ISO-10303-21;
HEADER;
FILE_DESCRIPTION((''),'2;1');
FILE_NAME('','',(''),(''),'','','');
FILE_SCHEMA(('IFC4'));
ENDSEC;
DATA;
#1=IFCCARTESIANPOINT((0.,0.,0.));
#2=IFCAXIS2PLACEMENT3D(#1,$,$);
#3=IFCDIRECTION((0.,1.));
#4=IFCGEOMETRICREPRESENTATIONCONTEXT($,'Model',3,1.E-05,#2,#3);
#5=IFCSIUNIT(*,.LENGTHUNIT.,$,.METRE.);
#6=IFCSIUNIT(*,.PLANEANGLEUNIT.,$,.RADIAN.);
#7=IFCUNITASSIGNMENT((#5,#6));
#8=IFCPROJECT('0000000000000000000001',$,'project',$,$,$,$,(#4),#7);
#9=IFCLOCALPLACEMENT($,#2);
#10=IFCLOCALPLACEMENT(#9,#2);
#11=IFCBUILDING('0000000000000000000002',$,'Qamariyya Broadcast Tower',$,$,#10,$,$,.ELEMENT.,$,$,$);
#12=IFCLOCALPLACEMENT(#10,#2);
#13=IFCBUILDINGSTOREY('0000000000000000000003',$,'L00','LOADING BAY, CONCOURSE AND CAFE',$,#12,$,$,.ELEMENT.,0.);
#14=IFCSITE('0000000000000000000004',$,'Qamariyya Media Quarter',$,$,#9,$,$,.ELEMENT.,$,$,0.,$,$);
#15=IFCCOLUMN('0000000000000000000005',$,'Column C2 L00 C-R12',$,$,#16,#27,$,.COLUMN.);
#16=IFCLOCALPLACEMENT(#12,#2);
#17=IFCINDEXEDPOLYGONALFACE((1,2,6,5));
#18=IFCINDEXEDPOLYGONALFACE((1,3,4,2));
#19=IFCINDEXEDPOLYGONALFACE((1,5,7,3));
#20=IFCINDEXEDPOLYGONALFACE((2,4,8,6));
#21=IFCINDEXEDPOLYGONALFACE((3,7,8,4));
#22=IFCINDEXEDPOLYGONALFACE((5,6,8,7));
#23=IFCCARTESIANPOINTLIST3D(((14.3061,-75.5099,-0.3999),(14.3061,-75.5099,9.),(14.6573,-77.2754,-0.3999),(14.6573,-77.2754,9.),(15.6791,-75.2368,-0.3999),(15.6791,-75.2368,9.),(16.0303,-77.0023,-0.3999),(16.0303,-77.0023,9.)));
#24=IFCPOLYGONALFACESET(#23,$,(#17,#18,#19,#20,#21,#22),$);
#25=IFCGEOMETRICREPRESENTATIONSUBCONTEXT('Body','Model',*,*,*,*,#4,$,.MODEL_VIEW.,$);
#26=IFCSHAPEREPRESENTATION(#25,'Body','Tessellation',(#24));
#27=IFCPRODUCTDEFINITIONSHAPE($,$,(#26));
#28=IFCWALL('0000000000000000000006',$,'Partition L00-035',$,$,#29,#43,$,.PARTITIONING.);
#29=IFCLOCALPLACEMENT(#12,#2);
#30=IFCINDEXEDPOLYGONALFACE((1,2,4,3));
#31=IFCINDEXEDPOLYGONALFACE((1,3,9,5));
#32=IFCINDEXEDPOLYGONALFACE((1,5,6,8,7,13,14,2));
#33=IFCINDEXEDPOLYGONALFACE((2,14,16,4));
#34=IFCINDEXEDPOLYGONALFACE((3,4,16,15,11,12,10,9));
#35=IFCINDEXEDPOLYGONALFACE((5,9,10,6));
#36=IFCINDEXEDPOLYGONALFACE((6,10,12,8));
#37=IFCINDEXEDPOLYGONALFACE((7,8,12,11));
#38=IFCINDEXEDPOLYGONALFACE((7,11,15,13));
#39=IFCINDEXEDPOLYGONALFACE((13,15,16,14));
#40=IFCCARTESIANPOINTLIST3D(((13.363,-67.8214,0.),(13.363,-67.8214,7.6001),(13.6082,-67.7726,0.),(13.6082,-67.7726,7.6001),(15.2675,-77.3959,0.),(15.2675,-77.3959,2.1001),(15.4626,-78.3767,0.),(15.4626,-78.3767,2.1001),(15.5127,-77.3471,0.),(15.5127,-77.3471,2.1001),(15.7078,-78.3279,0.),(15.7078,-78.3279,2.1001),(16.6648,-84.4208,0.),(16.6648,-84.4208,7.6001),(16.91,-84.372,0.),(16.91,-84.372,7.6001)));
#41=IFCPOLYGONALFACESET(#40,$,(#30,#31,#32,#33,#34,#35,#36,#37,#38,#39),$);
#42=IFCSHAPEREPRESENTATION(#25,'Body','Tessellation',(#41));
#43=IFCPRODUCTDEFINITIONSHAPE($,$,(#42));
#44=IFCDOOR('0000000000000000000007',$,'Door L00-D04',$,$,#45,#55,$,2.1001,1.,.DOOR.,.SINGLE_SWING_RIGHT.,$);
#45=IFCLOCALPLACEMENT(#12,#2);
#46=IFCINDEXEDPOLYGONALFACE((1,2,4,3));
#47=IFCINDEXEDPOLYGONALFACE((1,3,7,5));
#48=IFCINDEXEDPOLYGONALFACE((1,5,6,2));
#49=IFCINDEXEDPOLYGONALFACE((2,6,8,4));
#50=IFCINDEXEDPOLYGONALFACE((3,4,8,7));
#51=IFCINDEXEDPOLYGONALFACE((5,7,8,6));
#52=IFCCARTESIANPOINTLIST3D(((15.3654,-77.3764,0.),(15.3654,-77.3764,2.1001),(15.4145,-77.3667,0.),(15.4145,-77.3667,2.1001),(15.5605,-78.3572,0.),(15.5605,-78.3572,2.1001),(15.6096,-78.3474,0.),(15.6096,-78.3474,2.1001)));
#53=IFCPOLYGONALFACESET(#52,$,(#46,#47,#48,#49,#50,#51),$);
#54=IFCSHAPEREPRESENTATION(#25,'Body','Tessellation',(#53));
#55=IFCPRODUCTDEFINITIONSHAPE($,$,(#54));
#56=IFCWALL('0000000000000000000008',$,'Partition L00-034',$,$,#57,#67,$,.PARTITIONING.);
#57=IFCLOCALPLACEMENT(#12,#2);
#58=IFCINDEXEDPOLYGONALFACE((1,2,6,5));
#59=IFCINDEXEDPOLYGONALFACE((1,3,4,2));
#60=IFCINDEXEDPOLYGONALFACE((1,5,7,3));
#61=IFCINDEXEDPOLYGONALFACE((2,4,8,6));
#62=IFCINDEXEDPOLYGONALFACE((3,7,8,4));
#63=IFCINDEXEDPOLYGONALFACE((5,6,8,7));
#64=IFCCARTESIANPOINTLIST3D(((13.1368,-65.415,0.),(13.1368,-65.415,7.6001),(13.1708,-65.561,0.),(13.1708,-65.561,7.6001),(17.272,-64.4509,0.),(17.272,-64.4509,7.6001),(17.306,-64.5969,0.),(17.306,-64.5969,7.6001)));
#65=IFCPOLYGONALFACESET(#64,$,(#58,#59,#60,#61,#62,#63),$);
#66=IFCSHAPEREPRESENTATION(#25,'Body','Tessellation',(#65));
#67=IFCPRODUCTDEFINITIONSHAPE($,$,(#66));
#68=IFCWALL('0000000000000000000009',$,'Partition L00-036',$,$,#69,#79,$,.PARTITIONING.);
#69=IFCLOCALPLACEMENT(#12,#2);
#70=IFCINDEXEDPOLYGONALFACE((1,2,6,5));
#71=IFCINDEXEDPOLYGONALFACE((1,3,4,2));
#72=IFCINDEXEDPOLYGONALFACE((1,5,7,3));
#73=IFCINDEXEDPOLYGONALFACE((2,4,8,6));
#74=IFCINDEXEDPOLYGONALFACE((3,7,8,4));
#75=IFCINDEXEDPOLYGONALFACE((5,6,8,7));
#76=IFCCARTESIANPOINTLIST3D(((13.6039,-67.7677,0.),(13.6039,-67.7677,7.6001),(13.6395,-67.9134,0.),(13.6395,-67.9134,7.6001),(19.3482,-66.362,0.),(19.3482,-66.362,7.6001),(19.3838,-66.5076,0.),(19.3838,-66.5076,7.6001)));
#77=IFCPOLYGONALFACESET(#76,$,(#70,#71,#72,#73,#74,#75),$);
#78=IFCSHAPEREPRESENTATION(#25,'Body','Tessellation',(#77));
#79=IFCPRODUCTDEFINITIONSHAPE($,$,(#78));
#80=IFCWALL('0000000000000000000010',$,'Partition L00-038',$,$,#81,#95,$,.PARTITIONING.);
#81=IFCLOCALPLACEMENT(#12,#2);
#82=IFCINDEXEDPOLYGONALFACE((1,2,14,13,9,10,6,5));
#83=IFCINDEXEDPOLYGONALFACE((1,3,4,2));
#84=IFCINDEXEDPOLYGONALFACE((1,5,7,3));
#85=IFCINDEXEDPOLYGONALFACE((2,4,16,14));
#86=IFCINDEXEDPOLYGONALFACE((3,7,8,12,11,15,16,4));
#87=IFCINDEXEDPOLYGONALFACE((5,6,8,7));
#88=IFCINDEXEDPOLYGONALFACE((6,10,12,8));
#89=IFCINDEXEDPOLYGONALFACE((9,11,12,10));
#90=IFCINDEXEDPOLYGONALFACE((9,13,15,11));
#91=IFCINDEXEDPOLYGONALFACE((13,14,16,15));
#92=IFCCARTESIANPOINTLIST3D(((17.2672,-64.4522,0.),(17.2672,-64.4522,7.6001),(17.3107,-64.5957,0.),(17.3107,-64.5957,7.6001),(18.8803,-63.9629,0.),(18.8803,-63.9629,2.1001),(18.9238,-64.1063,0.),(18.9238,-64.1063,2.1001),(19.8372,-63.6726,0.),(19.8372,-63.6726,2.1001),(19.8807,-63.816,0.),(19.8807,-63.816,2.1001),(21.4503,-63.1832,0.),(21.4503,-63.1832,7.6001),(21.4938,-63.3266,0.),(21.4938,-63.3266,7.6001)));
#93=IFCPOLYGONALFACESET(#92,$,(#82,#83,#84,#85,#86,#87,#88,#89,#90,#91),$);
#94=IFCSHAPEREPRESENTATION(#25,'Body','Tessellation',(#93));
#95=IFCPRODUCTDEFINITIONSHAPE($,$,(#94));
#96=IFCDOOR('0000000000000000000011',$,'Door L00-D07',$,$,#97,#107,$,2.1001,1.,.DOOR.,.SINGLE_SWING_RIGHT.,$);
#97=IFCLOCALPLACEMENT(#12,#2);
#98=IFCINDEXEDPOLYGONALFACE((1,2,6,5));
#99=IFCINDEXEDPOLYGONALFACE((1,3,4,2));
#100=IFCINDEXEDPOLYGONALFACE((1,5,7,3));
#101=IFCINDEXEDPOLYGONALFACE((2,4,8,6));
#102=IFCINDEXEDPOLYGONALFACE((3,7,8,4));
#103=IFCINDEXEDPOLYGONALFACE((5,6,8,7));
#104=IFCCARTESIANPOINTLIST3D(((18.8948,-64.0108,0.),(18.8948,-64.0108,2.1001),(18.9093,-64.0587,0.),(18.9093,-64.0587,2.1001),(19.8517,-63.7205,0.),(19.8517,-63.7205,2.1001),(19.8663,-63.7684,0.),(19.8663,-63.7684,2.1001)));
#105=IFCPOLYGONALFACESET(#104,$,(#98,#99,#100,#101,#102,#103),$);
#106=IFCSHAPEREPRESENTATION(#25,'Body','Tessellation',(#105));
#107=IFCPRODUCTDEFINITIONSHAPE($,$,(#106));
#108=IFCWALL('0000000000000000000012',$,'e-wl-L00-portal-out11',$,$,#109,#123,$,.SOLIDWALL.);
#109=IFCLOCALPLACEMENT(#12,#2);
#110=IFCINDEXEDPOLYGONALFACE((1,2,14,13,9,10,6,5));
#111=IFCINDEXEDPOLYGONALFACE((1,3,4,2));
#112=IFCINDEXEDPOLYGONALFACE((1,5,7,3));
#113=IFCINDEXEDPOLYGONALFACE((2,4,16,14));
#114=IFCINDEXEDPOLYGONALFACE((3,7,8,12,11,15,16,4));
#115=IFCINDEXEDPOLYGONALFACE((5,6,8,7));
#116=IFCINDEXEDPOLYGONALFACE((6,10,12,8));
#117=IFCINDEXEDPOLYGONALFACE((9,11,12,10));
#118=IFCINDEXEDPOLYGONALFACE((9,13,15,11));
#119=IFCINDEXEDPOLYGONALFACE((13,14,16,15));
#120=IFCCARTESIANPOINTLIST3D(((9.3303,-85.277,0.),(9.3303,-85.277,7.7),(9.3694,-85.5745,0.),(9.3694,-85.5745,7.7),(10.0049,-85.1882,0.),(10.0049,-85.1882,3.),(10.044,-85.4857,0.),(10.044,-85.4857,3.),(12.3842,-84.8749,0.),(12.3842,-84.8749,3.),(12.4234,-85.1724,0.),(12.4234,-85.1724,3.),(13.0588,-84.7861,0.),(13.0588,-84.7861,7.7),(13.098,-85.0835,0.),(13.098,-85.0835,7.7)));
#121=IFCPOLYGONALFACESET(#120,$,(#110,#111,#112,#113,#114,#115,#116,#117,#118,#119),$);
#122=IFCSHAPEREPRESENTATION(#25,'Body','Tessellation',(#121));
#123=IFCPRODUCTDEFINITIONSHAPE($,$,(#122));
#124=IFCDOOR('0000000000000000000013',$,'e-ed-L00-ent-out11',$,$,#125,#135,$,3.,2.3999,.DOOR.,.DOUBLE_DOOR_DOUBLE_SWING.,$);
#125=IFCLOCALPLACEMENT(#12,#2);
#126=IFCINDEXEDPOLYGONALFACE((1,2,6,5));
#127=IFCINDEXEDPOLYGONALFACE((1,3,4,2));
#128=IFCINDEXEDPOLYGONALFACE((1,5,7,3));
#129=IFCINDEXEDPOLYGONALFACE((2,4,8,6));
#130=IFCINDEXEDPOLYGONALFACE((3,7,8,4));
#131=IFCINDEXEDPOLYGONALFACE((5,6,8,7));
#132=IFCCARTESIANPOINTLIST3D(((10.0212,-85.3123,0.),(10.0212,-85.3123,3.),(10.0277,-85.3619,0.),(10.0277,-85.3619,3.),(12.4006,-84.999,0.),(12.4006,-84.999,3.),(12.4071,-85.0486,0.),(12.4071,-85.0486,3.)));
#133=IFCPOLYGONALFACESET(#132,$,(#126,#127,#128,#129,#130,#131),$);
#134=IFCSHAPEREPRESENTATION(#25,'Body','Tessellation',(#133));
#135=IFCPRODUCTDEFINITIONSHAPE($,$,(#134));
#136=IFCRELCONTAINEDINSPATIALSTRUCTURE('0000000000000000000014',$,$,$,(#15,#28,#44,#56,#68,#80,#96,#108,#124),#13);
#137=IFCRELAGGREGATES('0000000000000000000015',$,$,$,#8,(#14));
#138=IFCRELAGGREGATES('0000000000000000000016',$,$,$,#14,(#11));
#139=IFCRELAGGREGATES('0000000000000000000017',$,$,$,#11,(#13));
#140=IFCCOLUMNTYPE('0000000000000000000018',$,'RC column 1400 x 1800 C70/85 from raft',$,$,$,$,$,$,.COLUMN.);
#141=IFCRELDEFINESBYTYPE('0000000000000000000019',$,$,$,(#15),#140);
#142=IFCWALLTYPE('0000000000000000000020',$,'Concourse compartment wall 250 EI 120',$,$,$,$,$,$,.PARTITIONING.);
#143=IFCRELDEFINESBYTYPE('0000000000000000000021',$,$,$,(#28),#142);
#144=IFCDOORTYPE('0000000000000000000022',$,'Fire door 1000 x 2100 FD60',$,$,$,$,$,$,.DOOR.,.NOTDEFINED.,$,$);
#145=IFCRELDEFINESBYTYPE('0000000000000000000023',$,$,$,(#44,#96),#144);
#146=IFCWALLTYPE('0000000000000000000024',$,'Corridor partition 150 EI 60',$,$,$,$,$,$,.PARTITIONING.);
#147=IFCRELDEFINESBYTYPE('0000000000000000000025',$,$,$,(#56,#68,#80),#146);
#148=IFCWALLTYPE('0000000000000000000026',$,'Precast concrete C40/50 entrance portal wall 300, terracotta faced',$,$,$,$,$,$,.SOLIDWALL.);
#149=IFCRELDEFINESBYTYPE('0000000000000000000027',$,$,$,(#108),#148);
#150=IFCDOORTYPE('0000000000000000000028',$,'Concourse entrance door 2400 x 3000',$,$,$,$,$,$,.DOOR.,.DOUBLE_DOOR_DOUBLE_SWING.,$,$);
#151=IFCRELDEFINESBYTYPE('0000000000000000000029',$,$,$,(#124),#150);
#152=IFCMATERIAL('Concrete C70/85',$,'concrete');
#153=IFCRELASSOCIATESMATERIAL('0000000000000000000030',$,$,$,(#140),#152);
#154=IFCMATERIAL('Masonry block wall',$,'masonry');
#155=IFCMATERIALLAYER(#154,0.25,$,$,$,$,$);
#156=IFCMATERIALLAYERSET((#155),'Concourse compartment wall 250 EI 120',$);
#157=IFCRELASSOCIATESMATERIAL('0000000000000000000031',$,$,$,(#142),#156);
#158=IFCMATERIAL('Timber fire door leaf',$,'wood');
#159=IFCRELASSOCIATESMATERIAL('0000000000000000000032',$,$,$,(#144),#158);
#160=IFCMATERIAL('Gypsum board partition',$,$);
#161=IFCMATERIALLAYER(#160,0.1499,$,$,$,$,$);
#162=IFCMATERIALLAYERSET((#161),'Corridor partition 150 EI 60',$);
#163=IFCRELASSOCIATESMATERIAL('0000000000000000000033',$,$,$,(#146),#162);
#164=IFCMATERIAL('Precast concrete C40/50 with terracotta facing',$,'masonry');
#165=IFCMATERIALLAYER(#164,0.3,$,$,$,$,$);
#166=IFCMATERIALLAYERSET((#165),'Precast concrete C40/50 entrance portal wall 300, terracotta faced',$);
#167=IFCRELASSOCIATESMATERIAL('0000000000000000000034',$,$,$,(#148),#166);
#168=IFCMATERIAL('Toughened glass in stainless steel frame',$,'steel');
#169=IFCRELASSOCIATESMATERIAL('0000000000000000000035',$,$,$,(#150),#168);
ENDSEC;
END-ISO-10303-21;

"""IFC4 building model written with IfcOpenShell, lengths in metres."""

from ifc_helpers import new_model, si_unit, direction, frame, frame_2d, origin, origin_2d, place, context, subcontext, project, spatial, rectangle, extrude, material, layer, layer_set, material_profile, profile_set, type_object, element, fill, save


model = new_model("IFC4")

# Units and contexts
model_context = context("Model", 3, precision=1e-05, world=origin(), true_north=direction((0.0, 1.0)))
body_context = subcontext(model_context, "Body", "Model", "MODEL_VIEW")
ifc_project = project(units=[si_unit("LENGTHUNIT", "METRE"), si_unit("PLANEANGLEUNIT", "RADIAN")], contexts=[model_context])

# Site, building, storey
site_placement = place(None, origin())
site = spatial("IfcSite", under=ifc_project, at=site_placement, Name="Qamariyya Media Quarter", CompositionType="ELEMENT", RefElevation=0.0)
building_placement = place(site_placement, origin())
building = spatial("IfcBuilding", under=site, at=building_placement, Name="Qamariyya Broadcast Tower", CompositionType="ELEMENT")
storey_placement = place(building_placement, origin())
storey = spatial("IfcBuildingStorey", under=building, at=storey_placement, Name="L00", Description="LOADING BAY, CONCOURSE AND CAFE", CompositionType="ELEMENT", Elevation=0.0)

# Column
ifc_material_1 = material(Name="Concrete C70/85", Category="concrete")
ifc_material_profile_1 = material_profile(ifc_material_1, rectangle(XDim=1.3999, YDim=1.8, at=origin_2d()))
ifc_profile_set_1 = profile_set([ifc_material_profile_1], Name="Concrete C70/85")
column_type_1 = type_object("IfcColumnType", Name="RC column 1400 x 1800 C70/85 from raft", PredefinedType="COLUMN", material=ifc_profile_set_1)
for number, where, z_axis, x_axis, name in (
    (1, (15.1682, -76.2561, -0.3999), (0.0, 0.0, 1.0), (0.980785, 0.19509, 0.0), "Column C2 L00 C-R12"),
):
    element("IfcColumn", number, at=place(storey_placement, frame(where, z_axis=z_axis, x_axis=x_axis)), inside=storey, type_object=column_type_1, Name=name, PredefinedType="COLUMN", context=body_context, shape_type="SweptSolid", body=[
        extrude(rectangle(XDim=1.3999, YDim=1.8, at=origin_2d()), origin(), (0.0, 0.0, 1.0), 9.3999),
    ])

# Wall, opening, door
ifc_material_2 = material(Name="Masonry block wall", Category="masonry")
ifc_layer_1 = layer(ifc_material_2, 0.25)
ifc_layer_set_1 = layer_set([ifc_layer_1], Name="Concourse compartment wall 250 EI 120")
wall_type_1 = type_object("IfcWallType", Name="Concourse compartment wall 250 EI 120", PredefinedType="PARTITIONING", material=ifc_layer_set_1)
wall_1_placement = place(storey_placement, frame((13.4856, -67.7969, 0.0), z_axis=(0.0, 0.0, 1.0), x_axis=(0.195087, -0.980786, 0.0)))
wall_1 = element("IfcWall", 2, at=wall_1_placement, inside=storey, type_object=wall_type_1, Name="Partition L00-035", PredefinedType="PARTITIONING", context=body_context, shape_type="SweptSolid", body=[
    extrude(rectangle(XDim=16.9246, YDim=0.25, at=frame_2d((8.4624, 0.0))), origin(), (0.0, 0.0, 1.0), 7.6001),
])
opening_1_placement = place(wall_1_placement, frame((9.7622, 0.0, 0.0)))
opening_1 = element("IfcOpeningElement", 3, at=opening_1_placement, cuts=wall_1, PredefinedType="OPENING", context=body_context, shape_type="SweptSolid", body=[
    extrude(rectangle(XDim=1.0, YDim=2.1001, at=frame_2d((0.5, 1.05))), frame((0.0, 0.135, 0.0), z_axis=(0.0, -1.0, 0.0), x_axis=(1.0, 0.0, 0.0)), (0.0, 0.0, 1.0), 0.27),
])
ifc_material_3 = material(Name="Timber fire door leaf", Category="wood")
door_type_1 = type_object("IfcDoorType", Name="Fire door 1000 x 2100 FD60", OperationType="NOTDEFINED", PredefinedType="DOOR", material=ifc_material_3)
door_1_placement = place(opening_1_placement, origin())
door_1 = element("IfcDoor", 4, at=door_1_placement, inside=storey, type_object=door_type_1, Name="Door L00-D04", OperationType="SINGLE_SWING_RIGHT", OverallHeight=2.1001, OverallWidth=1.0, PredefinedType="DOOR", context=body_context, shape_type="SweptSolid", body=[
    extrude(rectangle(XDim=1.0, YDim=2.1001, at=frame_2d((0.5, 1.05))), frame((0.0, 0.0249, 0.0), z_axis=(0.0, -1.0, 0.0), x_axis=(1.0, 0.0, 0.0)), (0.0, 0.0, 1.0), 0.05),
])
fill(opening_1, door_1)

# Walls
ifc_material_4 = material(Name="Gypsum board partition")
ifc_layer_2 = layer(ifc_material_4, 0.1499)
ifc_layer_set_2 = layer_set([ifc_layer_2], Name="Corridor partition 150 EI 60")
wall_type_2 = type_object("IfcWallType", Name="Corridor partition 150 EI 60", PredefinedType="PARTITIONING", material=ifc_layer_set_2)
wall_2_placement = place(storey_placement, frame((13.1538, -65.488, 0.0), z_axis=(0.0, 0.0, 1.0), x_axis=(0.973882, 0.227055, 0.0)))
element("IfcWall", 5, at=wall_2_placement, inside=storey, type_object=wall_type_2, Name="Partition L00-034", PredefinedType="PARTITIONING", context=body_context, shape_type="SweptSolid", body=[
    extrude(rectangle(XDim=4.2461, YDim=0.1499, at=frame_2d((2.123, 0.0))), origin(), (0.0, 0.0, 1.0), 7.6001),
])
wall_3_placement = place(storey_placement, frame((13.6216, -67.8406, 0.0), z_axis=(0.0, 0.0, 1.0), x_axis=(0.971337, 0.237705, 0.0)))
element("IfcWall", 6, at=wall_3_placement, inside=storey, type_object=wall_type_2, Name="Partition L00-036", PredefinedType="PARTITIONING", context=body_context, shape_type="SweptSolid", body=[
    extrude(rectangle(XDim=5.9138, YDim=0.1499, at=frame_2d((2.957, 0.0))), origin(), (0.0, 0.0, 1.0), 7.6001),
])

# Walls, openings, doors
wall_4_placement = place(storey_placement, frame((17.2891, -64.5239, 0.0), z_axis=(0.0, 0.0, 1.0), x_axis=(0.956933, 0.290308, 0.0)))
wall_4 = element("IfcWall", 7, at=wall_4_placement, inside=storey, type_object=wall_type_2, Name="Partition L00-038", PredefinedType="PARTITIONING", context=body_context, shape_type="SweptSolid", body=[
    extrude(rectangle(XDim=4.3713, YDim=0.1499, at=frame_2d((2.1855, 0.0))), origin(), (0.0, 0.0, 1.0), 7.6001),
])
opening_2_placement = place(wall_4_placement, frame((1.6855, 0.0, 0.0)))
opening_2 = element("IfcOpeningElement", 8, at=opening_2_placement, cuts=wall_4, PredefinedType="OPENING", context=body_context, shape_type="SweptSolid", body=[
    extrude(rectangle(XDim=1.0, YDim=2.1001, at=frame_2d((0.5, 1.05))), frame((0.0, 0.085, 0.0), z_axis=(0.0, -1.0, 0.0), x_axis=(1.0, 0.0, 0.0)), (0.0, 0.0, 1.0), 0.1699),
])
door_2_placement = place(opening_2_placement, origin())
door_2 = element("IfcDoor", 9, at=door_2_placement, inside=storey, type_object=door_type_1, Name="Door L00-D07", OperationType="SINGLE_SWING_RIGHT", OverallHeight=2.1001, OverallWidth=1.0, PredefinedType="DOOR", context=body_context, shape_type="SweptSolid", body=[
    extrude(rectangle(XDim=1.0, YDim=2.1001, at=frame_2d((0.5, 1.05))), frame((0.0, 0.0249, 0.0), z_axis=(0.0, -1.0, 0.0), x_axis=(1.0, 0.0, 0.0)), (0.0, 0.0, 1.0), 0.05),
])
fill(opening_2, door_2)
ifc_material_5 = material(Name="Precast concrete C40/50 with terracotta facing", Category="masonry")
ifc_layer_3 = layer(ifc_material_5, 0.3)
ifc_layer_set_3 = layer_set([ifc_layer_3], Name="Precast concrete C40/50 entrance portal wall 300, terracotta faced")
wall_type_3 = type_object("IfcWallType", Name="Precast concrete C40/50 entrance portal wall 300, terracotta faced", PredefinedType="SOLIDWALL", material=ifc_layer_set_3)
wall_5_placement = place(storey_placement, frame((9.3499, -85.4258, 0.0), z_axis=(0.0, 0.0, 1.0), x_axis=(0.991441, 0.130552, 0.0)))
wall_5 = element("IfcWall", 10, at=wall_5_placement, inside=storey, type_object=wall_type_3, Name="e-wl-L00-portal-out11", PredefinedType="SOLIDWALL", context=body_context, shape_type="SweptSolid", body=[
    extrude(rectangle(XDim=3.7607, YDim=0.3, at=frame_2d((1.8804, 0.0))), origin(), (0.0, 0.0, 1.0), 7.7),
])
opening_3_placement = place(wall_5_placement, frame((0.6804, 0.0, 0.0)))
opening_3 = element("IfcOpeningElement", 11, at=opening_3_placement, cuts=wall_5, PredefinedType="OPENING", context=body_context, shape_type="SweptSolid", body=[
    extrude(rectangle(XDim=2.3999, YDim=3.0, at=frame_2d((1.2, 1.5))), frame((0.0, 0.1599, 0.0), z_axis=(0.0, -1.0, 0.0), x_axis=(1.0, 0.0, 0.0)), (0.0, 0.0, 1.0), 0.3201),
])
ifc_material_6 = material(Name="Toughened glass in stainless steel frame", Category="steel")
door_type_2 = type_object("IfcDoorType", Name="Concourse entrance door 2400 x 3000", OperationType="DOUBLE_DOOR_DOUBLE_SWING", PredefinedType="DOOR", material=ifc_material_6)
door_3_placement = place(opening_3_placement, origin())
door_3 = element("IfcDoor", 12, at=door_3_placement, inside=storey, type_object=door_type_2, Name="e-ed-L00-ent-out11", OperationType="DOUBLE_DOOR_DOUBLE_SWING", OverallHeight=3.0, OverallWidth=2.3999, PredefinedType="DOOR", context=body_context, shape_type="SweptSolid", body=[
    extrude(rectangle(XDim=2.3999, YDim=3.0, at=frame_2d((1.2, 1.5))), frame((0.0, 0.0249, 0.0), z_axis=(0.0, -1.0, 0.0), x_axis=(1.0, 0.0, 0.0)), (0.0, 0.0, 1.0), 0.05),
])
fill(opening_3, door_3)

save(model, "model.ifc")
